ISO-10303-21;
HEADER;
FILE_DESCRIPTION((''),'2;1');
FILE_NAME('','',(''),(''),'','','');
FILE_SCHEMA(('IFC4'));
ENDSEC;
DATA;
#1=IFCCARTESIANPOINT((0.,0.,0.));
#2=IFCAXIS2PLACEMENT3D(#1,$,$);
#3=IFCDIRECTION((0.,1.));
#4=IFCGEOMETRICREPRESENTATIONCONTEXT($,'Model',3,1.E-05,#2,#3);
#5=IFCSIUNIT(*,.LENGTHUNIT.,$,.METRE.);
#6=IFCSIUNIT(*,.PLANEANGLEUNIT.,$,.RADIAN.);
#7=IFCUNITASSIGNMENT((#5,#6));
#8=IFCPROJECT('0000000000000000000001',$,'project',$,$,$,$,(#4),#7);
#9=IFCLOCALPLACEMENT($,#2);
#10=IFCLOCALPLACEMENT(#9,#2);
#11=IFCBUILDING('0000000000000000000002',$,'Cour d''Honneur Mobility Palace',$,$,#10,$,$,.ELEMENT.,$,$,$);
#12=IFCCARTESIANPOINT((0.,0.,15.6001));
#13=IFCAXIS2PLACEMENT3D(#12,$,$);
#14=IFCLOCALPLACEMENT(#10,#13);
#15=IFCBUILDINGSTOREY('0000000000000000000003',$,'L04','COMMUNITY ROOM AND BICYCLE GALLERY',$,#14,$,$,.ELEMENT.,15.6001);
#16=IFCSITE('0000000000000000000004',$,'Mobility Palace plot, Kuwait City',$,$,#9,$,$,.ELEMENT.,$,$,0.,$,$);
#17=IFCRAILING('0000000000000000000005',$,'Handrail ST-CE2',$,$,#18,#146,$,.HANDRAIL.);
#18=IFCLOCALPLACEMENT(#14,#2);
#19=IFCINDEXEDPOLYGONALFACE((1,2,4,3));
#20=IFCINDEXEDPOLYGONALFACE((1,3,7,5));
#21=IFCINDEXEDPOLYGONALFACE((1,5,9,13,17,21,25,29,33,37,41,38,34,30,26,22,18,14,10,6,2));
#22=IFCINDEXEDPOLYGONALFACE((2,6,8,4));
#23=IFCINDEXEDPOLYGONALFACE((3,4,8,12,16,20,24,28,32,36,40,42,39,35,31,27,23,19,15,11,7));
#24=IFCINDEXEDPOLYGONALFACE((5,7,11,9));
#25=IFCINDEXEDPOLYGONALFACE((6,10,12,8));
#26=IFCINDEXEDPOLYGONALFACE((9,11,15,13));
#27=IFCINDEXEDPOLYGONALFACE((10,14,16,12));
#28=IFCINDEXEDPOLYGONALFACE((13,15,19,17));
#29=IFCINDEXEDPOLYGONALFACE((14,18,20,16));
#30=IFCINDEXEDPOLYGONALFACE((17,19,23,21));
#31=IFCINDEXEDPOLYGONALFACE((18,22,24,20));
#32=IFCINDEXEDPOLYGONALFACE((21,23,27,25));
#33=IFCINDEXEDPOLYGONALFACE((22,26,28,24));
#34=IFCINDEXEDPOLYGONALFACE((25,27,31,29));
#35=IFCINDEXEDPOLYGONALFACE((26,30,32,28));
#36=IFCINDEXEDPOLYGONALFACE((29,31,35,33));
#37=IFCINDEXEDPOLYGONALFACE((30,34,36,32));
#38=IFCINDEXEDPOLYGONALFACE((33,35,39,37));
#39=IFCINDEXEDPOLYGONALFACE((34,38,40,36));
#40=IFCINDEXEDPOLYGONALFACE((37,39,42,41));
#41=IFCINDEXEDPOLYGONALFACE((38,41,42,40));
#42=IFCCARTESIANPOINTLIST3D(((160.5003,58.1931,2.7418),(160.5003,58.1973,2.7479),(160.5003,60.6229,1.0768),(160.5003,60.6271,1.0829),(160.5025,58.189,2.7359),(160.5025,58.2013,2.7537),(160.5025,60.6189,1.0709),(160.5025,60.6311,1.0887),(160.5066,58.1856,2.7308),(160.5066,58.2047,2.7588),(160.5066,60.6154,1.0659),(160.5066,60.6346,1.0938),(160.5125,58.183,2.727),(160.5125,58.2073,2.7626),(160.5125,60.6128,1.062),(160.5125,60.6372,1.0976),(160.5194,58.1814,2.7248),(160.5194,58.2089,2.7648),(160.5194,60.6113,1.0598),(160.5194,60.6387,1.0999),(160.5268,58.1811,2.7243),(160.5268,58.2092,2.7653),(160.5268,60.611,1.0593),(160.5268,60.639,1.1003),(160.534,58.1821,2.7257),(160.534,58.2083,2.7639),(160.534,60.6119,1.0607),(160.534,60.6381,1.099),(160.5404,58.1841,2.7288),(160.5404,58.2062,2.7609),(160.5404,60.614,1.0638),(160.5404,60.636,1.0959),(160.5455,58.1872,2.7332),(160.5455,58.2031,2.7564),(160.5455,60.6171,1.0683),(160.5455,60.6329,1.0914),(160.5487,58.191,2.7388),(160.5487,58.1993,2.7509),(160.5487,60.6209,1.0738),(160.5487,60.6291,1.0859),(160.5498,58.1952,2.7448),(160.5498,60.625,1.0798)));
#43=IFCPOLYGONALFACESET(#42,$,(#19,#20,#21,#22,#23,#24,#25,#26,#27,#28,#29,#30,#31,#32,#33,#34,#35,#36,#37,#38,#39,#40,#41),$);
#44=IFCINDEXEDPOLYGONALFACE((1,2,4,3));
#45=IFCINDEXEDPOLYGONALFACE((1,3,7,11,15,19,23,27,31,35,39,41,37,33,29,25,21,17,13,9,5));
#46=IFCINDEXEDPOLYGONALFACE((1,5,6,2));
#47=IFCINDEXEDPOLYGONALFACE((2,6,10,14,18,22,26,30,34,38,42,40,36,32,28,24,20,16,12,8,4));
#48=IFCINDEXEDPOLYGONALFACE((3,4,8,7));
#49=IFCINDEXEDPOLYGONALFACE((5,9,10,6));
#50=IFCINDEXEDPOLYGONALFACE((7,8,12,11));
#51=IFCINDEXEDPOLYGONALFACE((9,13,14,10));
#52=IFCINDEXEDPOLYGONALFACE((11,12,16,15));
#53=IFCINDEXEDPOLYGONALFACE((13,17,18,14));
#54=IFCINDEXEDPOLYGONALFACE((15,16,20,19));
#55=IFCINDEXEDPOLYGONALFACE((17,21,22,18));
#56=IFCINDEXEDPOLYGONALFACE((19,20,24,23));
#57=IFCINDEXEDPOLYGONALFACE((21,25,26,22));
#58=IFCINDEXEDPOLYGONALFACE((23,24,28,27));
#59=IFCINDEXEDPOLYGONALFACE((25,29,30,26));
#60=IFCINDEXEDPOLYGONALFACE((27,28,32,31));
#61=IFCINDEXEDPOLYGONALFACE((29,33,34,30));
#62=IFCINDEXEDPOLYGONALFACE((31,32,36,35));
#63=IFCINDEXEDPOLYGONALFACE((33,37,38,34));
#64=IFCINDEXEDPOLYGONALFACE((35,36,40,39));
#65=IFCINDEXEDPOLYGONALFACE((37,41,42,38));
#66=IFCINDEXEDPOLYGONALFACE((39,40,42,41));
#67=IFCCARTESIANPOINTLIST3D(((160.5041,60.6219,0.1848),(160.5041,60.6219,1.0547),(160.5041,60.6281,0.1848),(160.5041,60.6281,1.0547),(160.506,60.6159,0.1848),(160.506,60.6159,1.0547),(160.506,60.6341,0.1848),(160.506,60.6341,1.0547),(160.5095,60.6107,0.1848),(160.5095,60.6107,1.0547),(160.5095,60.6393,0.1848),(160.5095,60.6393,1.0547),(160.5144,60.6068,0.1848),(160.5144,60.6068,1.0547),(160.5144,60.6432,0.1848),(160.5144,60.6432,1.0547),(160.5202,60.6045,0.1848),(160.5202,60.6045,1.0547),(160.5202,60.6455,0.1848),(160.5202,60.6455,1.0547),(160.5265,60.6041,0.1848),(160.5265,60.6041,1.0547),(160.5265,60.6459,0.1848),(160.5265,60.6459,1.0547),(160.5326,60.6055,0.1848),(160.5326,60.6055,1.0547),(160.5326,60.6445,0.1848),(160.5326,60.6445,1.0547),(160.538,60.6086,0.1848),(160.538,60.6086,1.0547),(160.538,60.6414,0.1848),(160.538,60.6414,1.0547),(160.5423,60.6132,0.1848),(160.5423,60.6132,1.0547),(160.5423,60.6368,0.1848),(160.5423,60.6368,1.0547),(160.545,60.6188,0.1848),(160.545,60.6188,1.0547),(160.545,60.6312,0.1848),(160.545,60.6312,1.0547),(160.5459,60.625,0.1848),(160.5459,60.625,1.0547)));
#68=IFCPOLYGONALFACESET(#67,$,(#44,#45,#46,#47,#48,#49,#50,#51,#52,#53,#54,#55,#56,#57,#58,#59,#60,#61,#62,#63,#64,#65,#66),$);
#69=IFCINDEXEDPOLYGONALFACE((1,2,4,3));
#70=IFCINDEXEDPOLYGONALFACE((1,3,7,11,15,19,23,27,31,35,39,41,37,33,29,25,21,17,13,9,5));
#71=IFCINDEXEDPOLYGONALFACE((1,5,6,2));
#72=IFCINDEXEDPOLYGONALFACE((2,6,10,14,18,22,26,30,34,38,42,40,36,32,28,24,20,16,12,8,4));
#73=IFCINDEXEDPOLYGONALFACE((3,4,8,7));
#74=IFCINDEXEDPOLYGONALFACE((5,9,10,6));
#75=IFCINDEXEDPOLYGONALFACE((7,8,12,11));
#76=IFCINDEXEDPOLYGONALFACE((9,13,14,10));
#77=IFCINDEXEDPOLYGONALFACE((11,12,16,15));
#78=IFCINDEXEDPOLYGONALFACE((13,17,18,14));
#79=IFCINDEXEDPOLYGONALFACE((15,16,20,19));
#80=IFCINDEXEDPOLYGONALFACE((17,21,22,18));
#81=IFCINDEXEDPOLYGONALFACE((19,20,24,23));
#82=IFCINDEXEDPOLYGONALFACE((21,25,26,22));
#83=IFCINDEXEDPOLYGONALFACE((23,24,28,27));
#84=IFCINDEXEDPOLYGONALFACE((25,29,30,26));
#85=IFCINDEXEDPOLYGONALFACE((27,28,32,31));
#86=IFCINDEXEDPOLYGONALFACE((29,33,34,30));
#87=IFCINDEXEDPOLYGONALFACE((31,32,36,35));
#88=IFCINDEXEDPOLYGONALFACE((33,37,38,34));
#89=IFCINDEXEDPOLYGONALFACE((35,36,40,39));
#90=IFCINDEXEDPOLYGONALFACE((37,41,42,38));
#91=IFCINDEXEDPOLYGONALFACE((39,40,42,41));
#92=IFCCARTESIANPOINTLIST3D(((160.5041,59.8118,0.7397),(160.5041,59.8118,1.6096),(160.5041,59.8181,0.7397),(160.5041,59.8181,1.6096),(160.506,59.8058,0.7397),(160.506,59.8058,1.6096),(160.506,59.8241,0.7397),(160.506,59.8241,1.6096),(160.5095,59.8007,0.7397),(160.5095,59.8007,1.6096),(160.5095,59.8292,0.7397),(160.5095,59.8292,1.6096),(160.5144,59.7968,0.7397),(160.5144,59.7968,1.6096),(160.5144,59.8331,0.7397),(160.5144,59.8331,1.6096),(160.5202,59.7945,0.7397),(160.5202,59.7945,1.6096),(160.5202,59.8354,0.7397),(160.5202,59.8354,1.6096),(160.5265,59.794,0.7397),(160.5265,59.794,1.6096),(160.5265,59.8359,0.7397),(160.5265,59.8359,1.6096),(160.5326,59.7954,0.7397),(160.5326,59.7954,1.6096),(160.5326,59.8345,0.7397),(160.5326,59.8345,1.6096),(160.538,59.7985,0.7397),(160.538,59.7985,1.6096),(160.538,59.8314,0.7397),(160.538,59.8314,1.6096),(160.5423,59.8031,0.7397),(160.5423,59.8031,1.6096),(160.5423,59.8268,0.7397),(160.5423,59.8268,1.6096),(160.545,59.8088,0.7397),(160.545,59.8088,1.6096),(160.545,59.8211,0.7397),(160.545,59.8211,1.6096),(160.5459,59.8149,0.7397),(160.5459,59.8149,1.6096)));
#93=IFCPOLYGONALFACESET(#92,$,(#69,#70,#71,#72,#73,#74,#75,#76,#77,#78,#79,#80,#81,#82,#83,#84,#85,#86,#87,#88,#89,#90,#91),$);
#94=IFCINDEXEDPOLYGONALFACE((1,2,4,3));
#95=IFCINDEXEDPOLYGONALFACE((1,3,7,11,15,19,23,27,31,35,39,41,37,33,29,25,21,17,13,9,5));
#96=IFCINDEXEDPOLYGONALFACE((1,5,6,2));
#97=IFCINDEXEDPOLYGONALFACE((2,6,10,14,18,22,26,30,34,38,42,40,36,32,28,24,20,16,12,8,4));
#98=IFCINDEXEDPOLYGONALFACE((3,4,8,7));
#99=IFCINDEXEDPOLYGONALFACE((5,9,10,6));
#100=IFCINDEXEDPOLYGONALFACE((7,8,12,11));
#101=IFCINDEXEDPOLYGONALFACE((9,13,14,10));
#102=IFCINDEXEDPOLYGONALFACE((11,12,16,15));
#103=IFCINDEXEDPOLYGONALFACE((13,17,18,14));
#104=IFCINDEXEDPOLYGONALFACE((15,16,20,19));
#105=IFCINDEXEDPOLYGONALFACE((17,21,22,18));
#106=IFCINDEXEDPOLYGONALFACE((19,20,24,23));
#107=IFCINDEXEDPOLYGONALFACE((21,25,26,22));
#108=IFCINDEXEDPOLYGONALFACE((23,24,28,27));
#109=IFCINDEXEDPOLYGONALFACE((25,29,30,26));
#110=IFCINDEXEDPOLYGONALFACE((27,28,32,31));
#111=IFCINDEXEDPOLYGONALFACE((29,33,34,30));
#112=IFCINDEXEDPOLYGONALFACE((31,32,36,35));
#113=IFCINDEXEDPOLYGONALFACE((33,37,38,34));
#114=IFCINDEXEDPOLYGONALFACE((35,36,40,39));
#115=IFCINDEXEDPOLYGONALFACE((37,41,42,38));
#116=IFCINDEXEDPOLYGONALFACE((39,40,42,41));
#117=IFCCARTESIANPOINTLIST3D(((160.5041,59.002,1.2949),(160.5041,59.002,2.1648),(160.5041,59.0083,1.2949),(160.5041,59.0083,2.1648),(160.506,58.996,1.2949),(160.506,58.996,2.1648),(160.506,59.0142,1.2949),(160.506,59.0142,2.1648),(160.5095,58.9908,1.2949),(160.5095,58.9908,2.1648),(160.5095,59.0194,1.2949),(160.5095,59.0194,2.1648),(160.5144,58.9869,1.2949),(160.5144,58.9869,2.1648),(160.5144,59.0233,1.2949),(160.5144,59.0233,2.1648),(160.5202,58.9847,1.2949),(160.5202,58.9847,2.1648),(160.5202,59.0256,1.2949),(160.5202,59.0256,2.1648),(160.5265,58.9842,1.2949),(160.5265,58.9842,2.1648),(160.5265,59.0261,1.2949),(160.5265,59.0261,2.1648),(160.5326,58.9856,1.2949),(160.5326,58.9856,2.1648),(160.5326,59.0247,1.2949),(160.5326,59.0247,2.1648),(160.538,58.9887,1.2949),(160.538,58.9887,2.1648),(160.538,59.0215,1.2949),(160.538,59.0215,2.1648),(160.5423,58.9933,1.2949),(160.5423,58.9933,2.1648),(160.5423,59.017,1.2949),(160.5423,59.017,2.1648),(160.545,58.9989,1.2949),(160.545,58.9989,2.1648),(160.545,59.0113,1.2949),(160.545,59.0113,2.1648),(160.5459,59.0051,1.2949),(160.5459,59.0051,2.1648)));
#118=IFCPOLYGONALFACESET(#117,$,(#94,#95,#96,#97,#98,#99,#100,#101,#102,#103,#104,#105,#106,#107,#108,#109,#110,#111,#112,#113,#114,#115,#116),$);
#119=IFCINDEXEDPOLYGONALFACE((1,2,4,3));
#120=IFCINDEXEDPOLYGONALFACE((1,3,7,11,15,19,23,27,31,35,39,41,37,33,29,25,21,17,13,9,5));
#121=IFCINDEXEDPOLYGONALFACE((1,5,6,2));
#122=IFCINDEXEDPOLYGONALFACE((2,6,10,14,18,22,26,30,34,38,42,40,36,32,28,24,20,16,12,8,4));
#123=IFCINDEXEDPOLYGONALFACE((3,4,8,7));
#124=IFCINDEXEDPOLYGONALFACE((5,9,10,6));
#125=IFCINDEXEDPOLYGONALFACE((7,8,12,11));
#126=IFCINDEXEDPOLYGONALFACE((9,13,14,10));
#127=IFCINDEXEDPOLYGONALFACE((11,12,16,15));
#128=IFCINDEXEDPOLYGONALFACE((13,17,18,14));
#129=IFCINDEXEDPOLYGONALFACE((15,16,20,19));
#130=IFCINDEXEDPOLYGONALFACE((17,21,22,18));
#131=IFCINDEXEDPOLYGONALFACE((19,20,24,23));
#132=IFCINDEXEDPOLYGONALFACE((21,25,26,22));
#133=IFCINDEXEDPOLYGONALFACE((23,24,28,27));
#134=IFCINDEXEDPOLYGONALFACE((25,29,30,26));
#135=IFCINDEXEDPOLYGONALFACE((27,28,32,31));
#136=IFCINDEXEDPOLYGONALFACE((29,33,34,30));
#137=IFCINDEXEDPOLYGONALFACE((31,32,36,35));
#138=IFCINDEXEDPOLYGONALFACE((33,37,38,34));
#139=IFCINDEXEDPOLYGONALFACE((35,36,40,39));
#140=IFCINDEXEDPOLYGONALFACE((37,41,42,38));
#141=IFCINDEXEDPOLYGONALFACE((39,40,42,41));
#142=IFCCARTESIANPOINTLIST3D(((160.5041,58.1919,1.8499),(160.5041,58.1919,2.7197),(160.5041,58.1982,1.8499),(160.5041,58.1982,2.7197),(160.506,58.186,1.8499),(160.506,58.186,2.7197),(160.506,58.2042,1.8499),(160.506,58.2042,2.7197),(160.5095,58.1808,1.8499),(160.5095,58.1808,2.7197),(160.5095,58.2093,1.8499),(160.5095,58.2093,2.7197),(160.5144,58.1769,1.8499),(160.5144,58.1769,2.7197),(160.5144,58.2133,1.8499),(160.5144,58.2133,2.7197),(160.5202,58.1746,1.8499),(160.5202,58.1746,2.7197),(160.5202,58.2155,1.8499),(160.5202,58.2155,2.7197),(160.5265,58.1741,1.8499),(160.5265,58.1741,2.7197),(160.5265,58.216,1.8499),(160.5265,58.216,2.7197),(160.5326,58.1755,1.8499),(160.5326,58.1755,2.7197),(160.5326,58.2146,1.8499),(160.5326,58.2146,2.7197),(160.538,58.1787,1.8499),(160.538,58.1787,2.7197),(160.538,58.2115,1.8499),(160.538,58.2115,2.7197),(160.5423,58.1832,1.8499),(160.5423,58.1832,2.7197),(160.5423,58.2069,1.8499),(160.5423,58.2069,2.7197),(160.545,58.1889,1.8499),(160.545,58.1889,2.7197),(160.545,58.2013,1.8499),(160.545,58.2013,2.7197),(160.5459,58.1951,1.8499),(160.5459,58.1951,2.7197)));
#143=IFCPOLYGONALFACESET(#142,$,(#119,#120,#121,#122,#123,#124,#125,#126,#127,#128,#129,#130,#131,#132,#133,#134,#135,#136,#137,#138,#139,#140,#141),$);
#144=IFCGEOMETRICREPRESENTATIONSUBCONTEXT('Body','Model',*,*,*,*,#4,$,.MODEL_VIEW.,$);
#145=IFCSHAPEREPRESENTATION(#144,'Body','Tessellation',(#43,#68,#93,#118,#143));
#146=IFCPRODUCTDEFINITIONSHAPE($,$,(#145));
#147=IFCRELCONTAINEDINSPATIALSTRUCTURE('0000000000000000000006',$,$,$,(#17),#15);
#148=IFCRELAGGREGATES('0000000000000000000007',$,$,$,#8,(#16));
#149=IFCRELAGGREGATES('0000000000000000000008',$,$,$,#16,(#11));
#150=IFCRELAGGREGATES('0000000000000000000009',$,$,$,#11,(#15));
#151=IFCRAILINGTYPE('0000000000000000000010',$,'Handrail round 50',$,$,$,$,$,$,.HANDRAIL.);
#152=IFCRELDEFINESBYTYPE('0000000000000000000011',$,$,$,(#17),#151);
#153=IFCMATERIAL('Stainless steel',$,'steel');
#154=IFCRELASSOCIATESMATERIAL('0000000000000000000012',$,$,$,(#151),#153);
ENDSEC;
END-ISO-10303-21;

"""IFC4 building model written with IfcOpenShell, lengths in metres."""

from ifc_helpers import new_model, si_unit, direction, frame, origin, origin_2d, place, context, subcontext, project, spatial, circle, extrude, material, type_object, element, save


model = new_model("IFC4")

# Units and contexts
model_context = context("Model", 3, precision=1e-05, world=origin(), true_north=direction((0.0, 1.0)))
body_context = subcontext(model_context, "Body", "Model", "MODEL_VIEW")
ifc_project = project(units=[si_unit("LENGTHUNIT", "METRE"), si_unit("PLANEANGLEUNIT", "RADIAN")], contexts=[model_context])

# Site, building, storey
site_placement = place(None, origin())
site = spatial("IfcSite", under=ifc_project, at=site_placement, Name="Mobility Palace plot, Kuwait City", CompositionType="ELEMENT", RefElevation=0.0)
building_placement = place(site_placement, origin())
building = spatial("IfcBuilding", under=site, at=building_placement, Name="Cour d'Honneur Mobility Palace", CompositionType="ELEMENT")
storey_placement = place(building_placement, frame((0.0, 0.0, 15.6001)))
storey = spatial("IfcBuildingStorey", under=building, at=storey_placement, Name="L04", Description="COMMUNITY ROOM AND BICYCLE GALLERY", CompositionType="ELEMENT", Elevation=15.6001)

# Railing
ifc_material_1 = material(Name="Stainless steel", Category="steel")
railing_type_1 = type_object("IfcRailingType", Name="Handrail round 50", PredefinedType="HANDRAIL", material=ifc_material_1)
for number, where, name in (
    (1, (160.5249, 60.625, 0.1848), "Handrail ST-CE2"),
):
    element("IfcRailing", number, at=place(storey_placement, frame(where)), inside=storey, type_object=railing_type_1, Name=name, PredefinedType="HANDRAIL", context=body_context, shape_type="SweptSolid", body=[
        extrude(circle(Radius=0.0249, at=origin_2d()), frame((0.0, 0.0, 0.895), z_axis=(0.0, -0.824919, 0.565251), x_axis=(1.0, 0.0, 0.0)), (0.0, 0.0, 1.0), 2.9456),
        extrude(circle(Radius=0.021, at=origin_2d()), origin(), (0.0, 0.0, 1.0), 0.8699),
        extrude(circle(Radius=0.021, at=origin_2d()), frame((0.0, -0.8101, 0.5549)), (0.0, 0.0, 1.0), 0.8699),
        extrude(circle(Radius=0.021, at=origin_2d()), frame((0.0, -1.6199, 1.1101)), (0.0, 0.0, 1.0), 0.8699),
        extrude(circle(Radius=0.021, at=origin_2d()), frame((0.0, -2.4299, 1.665)), (0.0, 0.0, 1.0), 0.8699),
    ])

save(model, "model.ifc")
